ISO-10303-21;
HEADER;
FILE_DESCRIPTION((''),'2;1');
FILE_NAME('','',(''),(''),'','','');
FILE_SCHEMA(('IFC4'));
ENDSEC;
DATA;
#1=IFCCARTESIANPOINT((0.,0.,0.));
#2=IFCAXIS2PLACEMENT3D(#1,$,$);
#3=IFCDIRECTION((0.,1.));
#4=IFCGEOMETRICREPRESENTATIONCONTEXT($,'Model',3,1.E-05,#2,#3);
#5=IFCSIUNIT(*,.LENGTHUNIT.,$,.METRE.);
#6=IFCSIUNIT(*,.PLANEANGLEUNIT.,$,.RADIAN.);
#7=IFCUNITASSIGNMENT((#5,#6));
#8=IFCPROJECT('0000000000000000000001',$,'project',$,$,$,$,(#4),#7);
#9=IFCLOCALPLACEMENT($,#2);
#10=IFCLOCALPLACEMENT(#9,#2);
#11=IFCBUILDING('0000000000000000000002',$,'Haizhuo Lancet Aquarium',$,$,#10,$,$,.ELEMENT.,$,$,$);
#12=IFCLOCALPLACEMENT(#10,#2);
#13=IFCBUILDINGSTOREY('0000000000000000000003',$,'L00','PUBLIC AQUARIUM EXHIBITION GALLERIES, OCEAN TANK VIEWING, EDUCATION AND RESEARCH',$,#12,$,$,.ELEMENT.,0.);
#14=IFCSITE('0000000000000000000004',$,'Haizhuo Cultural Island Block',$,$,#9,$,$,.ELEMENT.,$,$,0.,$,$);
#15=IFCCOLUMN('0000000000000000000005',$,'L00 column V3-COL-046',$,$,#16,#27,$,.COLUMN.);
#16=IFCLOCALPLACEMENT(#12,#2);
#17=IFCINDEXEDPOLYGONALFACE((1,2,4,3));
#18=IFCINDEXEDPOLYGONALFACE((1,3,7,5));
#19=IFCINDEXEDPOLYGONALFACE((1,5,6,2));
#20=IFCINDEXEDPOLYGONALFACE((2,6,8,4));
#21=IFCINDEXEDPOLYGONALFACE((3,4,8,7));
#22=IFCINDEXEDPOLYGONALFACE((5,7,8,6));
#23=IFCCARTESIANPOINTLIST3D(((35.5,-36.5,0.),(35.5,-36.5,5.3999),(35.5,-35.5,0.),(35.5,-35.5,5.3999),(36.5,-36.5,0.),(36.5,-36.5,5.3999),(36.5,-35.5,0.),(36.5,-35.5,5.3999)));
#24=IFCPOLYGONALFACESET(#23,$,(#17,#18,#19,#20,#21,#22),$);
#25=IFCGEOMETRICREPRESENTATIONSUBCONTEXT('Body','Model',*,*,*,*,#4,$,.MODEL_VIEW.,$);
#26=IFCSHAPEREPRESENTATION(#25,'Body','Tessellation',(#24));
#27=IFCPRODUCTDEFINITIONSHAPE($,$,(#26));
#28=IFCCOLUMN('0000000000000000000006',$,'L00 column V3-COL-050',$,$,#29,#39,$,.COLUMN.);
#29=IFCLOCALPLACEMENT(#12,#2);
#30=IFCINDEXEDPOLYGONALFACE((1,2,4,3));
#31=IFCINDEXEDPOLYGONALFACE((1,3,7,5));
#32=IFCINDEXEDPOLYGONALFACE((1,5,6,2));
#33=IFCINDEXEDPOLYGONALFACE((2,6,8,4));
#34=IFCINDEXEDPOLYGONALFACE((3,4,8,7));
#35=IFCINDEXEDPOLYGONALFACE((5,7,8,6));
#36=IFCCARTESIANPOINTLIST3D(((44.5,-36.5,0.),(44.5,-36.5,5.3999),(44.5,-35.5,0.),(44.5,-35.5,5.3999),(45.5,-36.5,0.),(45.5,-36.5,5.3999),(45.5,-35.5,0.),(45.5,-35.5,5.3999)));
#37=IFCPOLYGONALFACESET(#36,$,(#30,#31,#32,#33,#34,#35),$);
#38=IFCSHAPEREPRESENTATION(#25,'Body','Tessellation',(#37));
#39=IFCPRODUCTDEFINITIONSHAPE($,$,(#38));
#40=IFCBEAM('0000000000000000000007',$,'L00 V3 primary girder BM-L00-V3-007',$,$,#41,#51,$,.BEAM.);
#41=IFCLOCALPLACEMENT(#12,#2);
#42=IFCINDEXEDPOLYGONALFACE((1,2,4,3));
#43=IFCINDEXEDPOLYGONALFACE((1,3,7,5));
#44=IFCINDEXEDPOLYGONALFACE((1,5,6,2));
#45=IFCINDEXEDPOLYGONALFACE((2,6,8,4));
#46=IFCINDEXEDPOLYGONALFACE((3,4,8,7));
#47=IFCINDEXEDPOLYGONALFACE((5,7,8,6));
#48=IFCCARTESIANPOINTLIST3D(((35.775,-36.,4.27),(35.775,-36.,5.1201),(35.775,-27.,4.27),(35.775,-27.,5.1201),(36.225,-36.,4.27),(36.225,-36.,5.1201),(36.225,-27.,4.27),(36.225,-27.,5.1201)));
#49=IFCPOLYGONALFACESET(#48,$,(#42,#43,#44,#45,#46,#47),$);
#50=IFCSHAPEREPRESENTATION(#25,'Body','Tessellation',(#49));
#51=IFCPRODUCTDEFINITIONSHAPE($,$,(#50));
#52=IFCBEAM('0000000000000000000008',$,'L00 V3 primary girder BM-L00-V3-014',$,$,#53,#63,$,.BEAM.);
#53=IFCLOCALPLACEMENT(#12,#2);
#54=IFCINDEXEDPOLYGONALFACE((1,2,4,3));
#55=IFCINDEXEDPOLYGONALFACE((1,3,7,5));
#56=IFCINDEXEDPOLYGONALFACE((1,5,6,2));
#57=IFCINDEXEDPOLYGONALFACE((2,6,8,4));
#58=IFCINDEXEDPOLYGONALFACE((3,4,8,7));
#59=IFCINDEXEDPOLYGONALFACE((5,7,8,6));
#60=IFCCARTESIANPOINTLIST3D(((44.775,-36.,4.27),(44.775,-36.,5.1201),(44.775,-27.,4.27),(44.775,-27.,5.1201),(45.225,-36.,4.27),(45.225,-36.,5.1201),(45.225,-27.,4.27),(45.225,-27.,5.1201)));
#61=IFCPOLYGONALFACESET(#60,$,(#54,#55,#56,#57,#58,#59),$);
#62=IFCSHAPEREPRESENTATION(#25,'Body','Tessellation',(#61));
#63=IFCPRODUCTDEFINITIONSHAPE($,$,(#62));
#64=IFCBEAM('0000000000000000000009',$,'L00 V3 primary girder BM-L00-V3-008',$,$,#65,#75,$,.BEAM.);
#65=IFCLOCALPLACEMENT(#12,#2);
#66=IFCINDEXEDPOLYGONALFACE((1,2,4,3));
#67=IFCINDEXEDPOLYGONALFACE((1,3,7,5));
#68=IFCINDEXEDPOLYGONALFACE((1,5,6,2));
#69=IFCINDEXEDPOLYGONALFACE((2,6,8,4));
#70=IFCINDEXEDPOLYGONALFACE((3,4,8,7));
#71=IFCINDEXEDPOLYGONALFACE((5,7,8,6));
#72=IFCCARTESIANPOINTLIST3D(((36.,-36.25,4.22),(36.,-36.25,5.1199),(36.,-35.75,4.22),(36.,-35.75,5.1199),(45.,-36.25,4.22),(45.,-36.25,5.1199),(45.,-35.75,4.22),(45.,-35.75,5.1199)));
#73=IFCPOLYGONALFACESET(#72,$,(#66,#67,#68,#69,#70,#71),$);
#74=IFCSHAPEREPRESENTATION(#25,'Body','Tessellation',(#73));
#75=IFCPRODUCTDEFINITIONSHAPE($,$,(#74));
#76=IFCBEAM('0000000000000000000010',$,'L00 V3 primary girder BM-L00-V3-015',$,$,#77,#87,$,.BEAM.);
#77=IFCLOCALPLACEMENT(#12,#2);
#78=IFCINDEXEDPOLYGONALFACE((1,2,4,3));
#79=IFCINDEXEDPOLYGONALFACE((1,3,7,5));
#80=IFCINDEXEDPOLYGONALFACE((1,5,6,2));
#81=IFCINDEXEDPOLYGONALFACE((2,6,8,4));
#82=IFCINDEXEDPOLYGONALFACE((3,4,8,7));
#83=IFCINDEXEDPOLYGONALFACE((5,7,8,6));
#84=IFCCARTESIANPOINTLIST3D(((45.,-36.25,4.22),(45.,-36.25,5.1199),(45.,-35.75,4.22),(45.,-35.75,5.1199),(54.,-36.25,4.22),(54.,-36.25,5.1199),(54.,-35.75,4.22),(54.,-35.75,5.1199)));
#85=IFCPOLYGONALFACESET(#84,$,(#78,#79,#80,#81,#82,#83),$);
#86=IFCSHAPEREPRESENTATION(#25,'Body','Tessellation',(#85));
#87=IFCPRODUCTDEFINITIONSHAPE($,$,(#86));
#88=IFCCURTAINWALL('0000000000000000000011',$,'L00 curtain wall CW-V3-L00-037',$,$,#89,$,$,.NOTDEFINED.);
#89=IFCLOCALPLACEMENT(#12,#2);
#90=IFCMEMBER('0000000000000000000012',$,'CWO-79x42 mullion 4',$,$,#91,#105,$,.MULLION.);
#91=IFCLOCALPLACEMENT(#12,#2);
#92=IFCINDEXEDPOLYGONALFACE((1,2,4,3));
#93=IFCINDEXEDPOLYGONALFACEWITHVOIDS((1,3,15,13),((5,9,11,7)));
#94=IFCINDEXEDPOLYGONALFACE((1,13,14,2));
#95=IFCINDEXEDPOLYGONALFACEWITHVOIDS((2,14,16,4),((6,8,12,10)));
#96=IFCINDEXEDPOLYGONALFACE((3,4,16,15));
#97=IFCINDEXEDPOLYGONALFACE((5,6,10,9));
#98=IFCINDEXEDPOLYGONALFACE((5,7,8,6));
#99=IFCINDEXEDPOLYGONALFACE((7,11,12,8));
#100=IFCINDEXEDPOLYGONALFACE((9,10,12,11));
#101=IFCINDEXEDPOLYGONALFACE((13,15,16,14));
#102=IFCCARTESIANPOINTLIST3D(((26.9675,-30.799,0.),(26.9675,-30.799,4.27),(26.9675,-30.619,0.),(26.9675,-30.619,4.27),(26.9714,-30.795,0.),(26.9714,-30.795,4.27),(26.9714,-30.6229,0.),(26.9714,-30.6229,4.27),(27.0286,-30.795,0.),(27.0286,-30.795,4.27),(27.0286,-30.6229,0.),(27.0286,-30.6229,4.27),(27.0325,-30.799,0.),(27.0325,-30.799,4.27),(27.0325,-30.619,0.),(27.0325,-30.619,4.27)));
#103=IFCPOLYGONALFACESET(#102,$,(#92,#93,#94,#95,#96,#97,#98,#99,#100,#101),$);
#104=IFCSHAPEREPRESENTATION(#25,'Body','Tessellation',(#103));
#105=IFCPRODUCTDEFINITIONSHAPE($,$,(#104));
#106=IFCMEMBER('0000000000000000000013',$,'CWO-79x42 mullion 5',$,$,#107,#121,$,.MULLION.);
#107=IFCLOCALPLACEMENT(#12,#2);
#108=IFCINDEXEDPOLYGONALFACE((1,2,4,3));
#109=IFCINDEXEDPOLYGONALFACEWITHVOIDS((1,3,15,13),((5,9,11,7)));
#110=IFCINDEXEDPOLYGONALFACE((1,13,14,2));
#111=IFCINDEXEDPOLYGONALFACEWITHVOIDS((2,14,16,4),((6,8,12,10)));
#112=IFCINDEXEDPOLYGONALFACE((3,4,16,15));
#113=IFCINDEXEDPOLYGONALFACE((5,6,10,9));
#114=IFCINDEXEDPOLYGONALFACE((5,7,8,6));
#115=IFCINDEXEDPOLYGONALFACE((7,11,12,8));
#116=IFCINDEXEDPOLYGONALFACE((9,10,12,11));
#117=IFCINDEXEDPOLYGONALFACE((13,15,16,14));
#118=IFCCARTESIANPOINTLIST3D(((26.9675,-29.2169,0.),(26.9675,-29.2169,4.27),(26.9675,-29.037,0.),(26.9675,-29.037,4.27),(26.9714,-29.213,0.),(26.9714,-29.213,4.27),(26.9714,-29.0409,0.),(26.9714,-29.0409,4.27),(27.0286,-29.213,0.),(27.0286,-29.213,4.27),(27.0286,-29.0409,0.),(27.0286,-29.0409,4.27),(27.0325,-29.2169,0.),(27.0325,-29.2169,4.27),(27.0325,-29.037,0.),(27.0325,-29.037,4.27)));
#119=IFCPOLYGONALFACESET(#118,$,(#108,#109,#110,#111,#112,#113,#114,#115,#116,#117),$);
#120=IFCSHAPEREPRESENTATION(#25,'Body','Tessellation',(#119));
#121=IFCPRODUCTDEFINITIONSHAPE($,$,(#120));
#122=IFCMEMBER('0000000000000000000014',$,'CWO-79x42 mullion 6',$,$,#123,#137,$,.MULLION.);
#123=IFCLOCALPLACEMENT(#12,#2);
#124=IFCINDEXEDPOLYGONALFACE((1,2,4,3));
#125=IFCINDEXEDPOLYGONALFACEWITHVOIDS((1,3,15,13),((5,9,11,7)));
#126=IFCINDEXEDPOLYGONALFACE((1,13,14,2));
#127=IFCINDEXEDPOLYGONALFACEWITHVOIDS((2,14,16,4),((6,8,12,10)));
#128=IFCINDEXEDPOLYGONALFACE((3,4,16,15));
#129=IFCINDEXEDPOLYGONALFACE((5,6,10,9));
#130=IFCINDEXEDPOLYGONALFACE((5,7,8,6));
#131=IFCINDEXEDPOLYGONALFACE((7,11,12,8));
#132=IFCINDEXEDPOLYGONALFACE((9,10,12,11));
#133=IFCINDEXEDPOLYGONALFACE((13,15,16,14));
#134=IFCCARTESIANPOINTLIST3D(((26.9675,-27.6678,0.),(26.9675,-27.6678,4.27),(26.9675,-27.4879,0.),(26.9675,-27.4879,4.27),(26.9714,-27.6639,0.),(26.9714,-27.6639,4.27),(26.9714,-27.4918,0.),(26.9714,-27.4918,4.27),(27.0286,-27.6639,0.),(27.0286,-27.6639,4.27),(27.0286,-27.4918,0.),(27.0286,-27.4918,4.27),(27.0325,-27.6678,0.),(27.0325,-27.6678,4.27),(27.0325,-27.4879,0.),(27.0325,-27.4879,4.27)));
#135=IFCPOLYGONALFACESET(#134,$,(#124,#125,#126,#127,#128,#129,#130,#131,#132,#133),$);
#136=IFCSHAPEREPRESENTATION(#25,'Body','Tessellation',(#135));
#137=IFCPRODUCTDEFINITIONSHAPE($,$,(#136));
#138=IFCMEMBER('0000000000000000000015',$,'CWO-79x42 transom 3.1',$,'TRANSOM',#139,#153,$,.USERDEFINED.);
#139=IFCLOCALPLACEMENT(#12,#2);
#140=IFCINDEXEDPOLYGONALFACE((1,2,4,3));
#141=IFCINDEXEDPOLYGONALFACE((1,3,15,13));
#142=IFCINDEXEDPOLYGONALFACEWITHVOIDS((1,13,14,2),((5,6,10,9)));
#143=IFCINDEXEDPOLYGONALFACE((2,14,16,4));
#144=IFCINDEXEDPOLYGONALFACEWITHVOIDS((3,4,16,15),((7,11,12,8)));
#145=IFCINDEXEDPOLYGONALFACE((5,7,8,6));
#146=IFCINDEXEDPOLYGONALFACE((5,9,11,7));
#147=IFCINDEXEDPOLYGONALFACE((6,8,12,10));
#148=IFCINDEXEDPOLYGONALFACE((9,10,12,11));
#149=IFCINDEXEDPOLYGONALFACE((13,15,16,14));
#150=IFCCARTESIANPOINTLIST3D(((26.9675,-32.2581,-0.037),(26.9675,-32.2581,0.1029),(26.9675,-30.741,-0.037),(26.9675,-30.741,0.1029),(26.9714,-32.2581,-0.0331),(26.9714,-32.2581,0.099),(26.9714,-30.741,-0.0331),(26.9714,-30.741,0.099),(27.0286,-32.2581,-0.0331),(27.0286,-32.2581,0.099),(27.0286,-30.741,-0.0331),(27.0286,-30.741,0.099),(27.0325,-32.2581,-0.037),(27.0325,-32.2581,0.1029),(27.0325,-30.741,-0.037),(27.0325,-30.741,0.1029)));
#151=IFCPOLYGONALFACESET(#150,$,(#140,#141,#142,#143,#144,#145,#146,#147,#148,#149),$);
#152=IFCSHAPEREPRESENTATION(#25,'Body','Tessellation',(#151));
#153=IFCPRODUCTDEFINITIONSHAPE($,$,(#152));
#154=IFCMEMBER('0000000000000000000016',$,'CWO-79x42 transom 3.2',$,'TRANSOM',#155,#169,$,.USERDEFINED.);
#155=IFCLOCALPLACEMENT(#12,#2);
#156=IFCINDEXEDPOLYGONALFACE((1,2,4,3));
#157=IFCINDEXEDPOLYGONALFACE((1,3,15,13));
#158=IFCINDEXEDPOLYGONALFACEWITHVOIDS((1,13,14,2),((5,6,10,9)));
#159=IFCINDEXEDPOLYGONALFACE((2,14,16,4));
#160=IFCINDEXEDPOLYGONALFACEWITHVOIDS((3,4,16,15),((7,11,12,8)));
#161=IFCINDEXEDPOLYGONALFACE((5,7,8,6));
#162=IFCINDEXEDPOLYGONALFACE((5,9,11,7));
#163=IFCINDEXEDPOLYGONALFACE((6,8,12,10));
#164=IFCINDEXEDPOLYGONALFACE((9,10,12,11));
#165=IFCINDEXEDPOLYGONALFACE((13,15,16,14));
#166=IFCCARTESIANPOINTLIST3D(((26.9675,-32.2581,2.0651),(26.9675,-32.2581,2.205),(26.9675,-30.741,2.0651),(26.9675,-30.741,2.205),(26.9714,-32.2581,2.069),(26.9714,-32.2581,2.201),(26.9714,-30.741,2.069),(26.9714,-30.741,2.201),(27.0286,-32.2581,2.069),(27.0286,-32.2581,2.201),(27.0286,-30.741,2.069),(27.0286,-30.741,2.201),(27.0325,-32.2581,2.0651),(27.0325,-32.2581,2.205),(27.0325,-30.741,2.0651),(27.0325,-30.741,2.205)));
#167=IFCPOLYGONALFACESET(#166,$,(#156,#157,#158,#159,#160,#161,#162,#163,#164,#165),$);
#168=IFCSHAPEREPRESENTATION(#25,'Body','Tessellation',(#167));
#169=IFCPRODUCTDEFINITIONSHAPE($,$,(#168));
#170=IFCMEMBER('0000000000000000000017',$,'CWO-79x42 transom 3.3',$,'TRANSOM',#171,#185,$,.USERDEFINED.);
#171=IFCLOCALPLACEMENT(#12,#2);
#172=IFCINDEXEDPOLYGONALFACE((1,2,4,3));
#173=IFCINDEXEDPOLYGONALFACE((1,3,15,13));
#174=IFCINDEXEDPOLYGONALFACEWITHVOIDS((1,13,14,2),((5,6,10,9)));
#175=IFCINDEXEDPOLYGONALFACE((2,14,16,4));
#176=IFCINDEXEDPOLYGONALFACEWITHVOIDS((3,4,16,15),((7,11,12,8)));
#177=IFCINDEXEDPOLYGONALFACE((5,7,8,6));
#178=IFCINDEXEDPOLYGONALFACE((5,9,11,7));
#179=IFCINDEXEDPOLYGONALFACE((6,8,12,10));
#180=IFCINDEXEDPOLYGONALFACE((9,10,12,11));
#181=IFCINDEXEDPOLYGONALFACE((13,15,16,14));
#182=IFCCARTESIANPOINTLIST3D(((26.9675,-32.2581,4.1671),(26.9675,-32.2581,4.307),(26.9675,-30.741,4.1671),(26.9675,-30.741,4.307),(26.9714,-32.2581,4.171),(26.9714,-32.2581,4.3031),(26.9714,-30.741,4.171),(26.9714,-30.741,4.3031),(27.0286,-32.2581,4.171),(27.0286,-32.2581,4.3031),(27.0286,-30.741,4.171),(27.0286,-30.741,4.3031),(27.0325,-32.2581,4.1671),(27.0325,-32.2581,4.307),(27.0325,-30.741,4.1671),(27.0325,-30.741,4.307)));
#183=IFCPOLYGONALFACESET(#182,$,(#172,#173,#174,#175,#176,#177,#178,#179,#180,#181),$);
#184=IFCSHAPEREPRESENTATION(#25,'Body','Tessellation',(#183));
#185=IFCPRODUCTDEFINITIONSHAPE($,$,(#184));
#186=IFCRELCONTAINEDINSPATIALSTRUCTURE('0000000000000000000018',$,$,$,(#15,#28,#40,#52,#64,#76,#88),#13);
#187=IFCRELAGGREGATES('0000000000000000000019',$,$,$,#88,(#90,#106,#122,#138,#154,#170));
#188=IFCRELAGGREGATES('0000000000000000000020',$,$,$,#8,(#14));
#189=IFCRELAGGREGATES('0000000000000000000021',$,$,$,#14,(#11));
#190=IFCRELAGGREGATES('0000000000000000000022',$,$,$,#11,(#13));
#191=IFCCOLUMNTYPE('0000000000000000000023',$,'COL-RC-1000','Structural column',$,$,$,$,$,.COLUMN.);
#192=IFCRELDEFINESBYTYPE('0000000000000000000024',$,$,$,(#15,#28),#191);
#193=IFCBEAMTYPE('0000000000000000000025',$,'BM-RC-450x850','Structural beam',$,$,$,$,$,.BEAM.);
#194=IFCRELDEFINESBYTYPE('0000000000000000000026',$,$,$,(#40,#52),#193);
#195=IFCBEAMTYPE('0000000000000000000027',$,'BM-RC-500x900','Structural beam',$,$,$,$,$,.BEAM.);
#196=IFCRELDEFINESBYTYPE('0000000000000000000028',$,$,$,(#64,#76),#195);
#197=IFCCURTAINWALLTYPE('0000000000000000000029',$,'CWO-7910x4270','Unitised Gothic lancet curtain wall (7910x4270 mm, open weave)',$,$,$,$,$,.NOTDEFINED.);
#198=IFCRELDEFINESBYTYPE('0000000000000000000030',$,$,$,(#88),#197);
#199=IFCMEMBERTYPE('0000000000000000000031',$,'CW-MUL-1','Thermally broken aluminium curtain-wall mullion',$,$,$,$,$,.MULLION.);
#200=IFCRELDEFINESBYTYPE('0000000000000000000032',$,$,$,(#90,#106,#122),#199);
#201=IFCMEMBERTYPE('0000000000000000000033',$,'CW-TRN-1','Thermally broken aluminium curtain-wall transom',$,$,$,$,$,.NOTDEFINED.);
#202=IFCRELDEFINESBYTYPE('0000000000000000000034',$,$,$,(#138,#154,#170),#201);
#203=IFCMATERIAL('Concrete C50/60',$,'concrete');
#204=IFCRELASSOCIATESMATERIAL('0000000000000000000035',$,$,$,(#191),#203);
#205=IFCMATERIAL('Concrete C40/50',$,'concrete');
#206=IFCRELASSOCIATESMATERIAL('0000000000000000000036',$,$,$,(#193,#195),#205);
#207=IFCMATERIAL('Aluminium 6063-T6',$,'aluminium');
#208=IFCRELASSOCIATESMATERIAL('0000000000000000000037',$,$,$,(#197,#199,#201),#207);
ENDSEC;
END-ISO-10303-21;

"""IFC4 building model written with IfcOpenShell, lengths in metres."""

from ifc_helpers import new_model, si_unit, direction, frame, origin, origin_2d, place, context, subcontext, project, spatial, rectangle, hollow_rectangle, extrude, material, material_profile, profile_set, type_object, element, aggregate, save


model = new_model("IFC4")

# Units and contexts
model_context = context("Model", 3, precision=1e-05, world=origin(), true_north=direction((0.0, 1.0)))
body_context = subcontext(model_context, "Body", "Model", "MODEL_VIEW")
ifc_project = project(units=[si_unit("LENGTHUNIT", "METRE"), si_unit("PLANEANGLEUNIT", "RADIAN")], contexts=[model_context])

# Site, building, storey
site_placement = place(None, origin())
site = spatial("IfcSite", under=ifc_project, at=site_placement, Name="Haizhuo Cultural Island Block", CompositionType="ELEMENT", RefElevation=0.0)
building_placement = place(site_placement, origin())
building = spatial("IfcBuilding", under=site, at=building_placement, Name="Haizhuo Lancet Aquarium", CompositionType="ELEMENT")
storey_placement = place(building_placement, origin())
storey = spatial("IfcBuildingStorey", under=building, at=storey_placement, Name="L00", Description="PUBLIC AQUARIUM EXHIBITION GALLERIES, OCEAN TANK VIEWING, EDUCATION AND RESEARCH", CompositionType="ELEMENT", Elevation=0.0)

# Columns
ifc_material_1 = material(Name="Concrete C50/60", Category="concrete")
ifc_material_profile_1 = material_profile(ifc_material_1, rectangle(XDim=1.0, YDim=1.0, at=origin_2d()), Name="RC-COL 1000x1000")
ifc_profile_set_1 = profile_set([ifc_material_profile_1], Name="Concrete C50/60")
column_type = type_object("IfcColumnType", Name="COL-RC-1000", Description="Structural column", PredefinedType="COLUMN", material=ifc_profile_set_1)
for number, where, z_axis, x_axis, name in (
    (1, (36.0, -36.0, 0.0), (0.0, 0.0, 1.0), (1.0, 0.0, 0.0), "L00 column V3-COL-046"),
    (2, (45.0, -36.0, 0.0), (0.0, 0.0, 1.0), (1.0, 0.0, 0.0), "L00 column V3-COL-050"),
):
    element("IfcColumn", number, at=place(storey_placement, frame(where, z_axis=z_axis, x_axis=x_axis)), inside=storey, type_object=column_type, Name=name, PredefinedType="COLUMN", context=body_context, shape_type="SweptSolid", body=[
        extrude(rectangle(XDim=1.0, YDim=1.0, at=origin_2d()), origin(), (0.0, 0.0, 1.0), 5.3999),
    ])

# Beams
ifc_material_2 = material(Name="Concrete C40/50", Category="concrete")
ifc_material_profile_2 = material_profile(ifc_material_2, rectangle(XDim=0.45, YDim=0.8501, at=origin_2d()), Name="RC-BM 450x850")
ifc_profile_set_2 = profile_set([ifc_material_profile_2], Name="Concrete C40/50")
beam_type_1 = type_object("IfcBeamType", Name="BM-RC-450x850", Description="Structural beam", PredefinedType="BEAM", material=ifc_profile_set_2)
for number, where, z_axis, x_axis, name in (
    (3, (36.0, -36.0, 4.6951), (0.0, 1.0, 0.0), (-1.0, 0.0, 0.0), "L00 V3 primary girder BM-L00-V3-007"),
    (4, (45.0, -36.0, 4.6951), (0.0, 1.0, 0.0), (-1.0, 0.0, 0.0), "L00 V3 primary girder BM-L00-V3-014"),
):
    element("IfcBeam", number, at=place(storey_placement, frame(where, z_axis=z_axis, x_axis=x_axis)), inside=storey, type_object=beam_type_1, Name=name, PredefinedType="BEAM", context=body_context, shape_type="SweptSolid", body=[
        extrude(rectangle(XDim=0.45, YDim=0.8501, at=origin_2d()), origin(), (0.0, 0.0, 1.0), 9.0),
    ])
ifc_material_profile_3 = material_profile(ifc_material_2, rectangle(XDim=0.5, YDim=0.8999, at=origin_2d()), Name="RC-BM 500x900")
ifc_profile_set_3 = profile_set([ifc_material_profile_3], Name="Concrete C40/50")
beam_type_2 = type_object("IfcBeamType", Name="BM-RC-500x900", Description="Structural beam", PredefinedType="BEAM", material=ifc_profile_set_3)
for number, where, z_axis, x_axis, name in (
    (5, (36.0, -36.0, 4.6699), (1.0, 0.0, 0.0), (0.0, 1.0, 0.0), "L00 V3 primary girder BM-L00-V3-008"),
    (6, (45.0, -36.0, 4.6699), (1.0, 0.0, 0.0), (0.0, 1.0, 0.0), "L00 V3 primary girder BM-L00-V3-015"),
):
    element("IfcBeam", number, at=place(storey_placement, frame(where, z_axis=z_axis, x_axis=x_axis)), inside=storey, type_object=beam_type_2, Name=name, PredefinedType="BEAM", context=body_context, shape_type="SweptSolid", body=[
        extrude(rectangle(XDim=0.5, YDim=0.8999, at=origin_2d()), origin(), (0.0, 0.0, 1.0), 9.0),
    ])

# Curtain wall, members
ifc_material_3 = material(Name="Aluminium 6063-T6", Category="aluminium")
curtain_wall_type = type_object("IfcCurtainWallType", Name="CWO-7910x4270", Description="Unitised Gothic lancet curtain wall (7910x4270 mm, open weave)", PredefinedType="NOTDEFINED", material=ifc_material_3)
curtain_wall_placement = place(storey_placement, origin())
curtain_wall = element("IfcCurtainWall", 7, at=curtain_wall_placement, inside=storey, type_object=curtain_wall_type, Name="L00 curtain wall CW-V3-L00-037", PredefinedType="NOTDEFINED")
ifc_material_profile_4 = material_profile(ifc_material_3, hollow_rectangle(XDim=0.0649, YDim=0.1799, WallThickness=0.0039, at=origin_2d()), Name="ALU-M 65x180x4")
ifc_profile_set_4 = profile_set([ifc_material_profile_4], Name="Aluminium 6063-T6")
member_type_1 = type_object("IfcMemberType", Name="CW-MUL-1", Description="Thermally broken aluminium curtain-wall mullion", PredefinedType="MULLION", material=ifc_profile_set_4)
member_1_placement = place(storey_placement, frame((27.0, -30.709, 0.0), z_axis=(0.0, 0.0, 1.0), x_axis=(-1.0, 0.0, 0.0)))
member_1 = element("IfcMember", 8, at=member_1_placement, type_object=member_type_1, Name="CWO-79x42 mullion 4", PredefinedType="MULLION", context=body_context, shape_type="SweptSolid", body=[
    extrude(hollow_rectangle(XDim=0.0649, YDim=0.1799, WallThickness=0.0039, at=origin_2d()), origin(), (0.0, 0.0, 1.0), 4.27),
])
member_2_placement = place(storey_placement, frame((27.0, -29.127, 0.0), z_axis=(0.0, 0.0, 1.0), x_axis=(-1.0, 0.0, 0.0)))
member_2 = element("IfcMember", 9, at=member_2_placement, type_object=member_type_1, Name="CWO-79x42 mullion 5", PredefinedType="MULLION", context=body_context, shape_type="SweptSolid", body=[
    extrude(hollow_rectangle(XDim=0.0649, YDim=0.1799, WallThickness=0.0039, at=origin_2d()), origin(), (0.0, 0.0, 1.0), 4.27),
])
member_3_placement = place(storey_placement, frame((27.0, -27.5779, 0.0), z_axis=(0.0, 0.0, 1.0), x_axis=(-1.0, 0.0, 0.0)))
member_3 = element("IfcMember", 10, at=member_3_placement, type_object=member_type_1, Name="CWO-79x42 mullion 6", PredefinedType="MULLION", context=body_context, shape_type="SweptSolid", body=[
    extrude(hollow_rectangle(XDim=0.0649, YDim=0.1799, WallThickness=0.0039, at=origin_2d()), origin(), (0.0, 0.0, 1.0), 4.27),
])
ifc_material_profile_5 = material_profile(ifc_material_3, hollow_rectangle(XDim=0.0649, YDim=0.1399, WallThickness=0.0039, at=origin_2d()), Name="ALU-T 65x140x4")
ifc_profile_set_5 = profile_set([ifc_material_profile_5], Name="Aluminium 6063-T6")
member_type_2 = type_object("IfcMemberType", Name="CW-TRN-1", Description="Thermally broken aluminium curtain-wall transom", PredefinedType="NOTDEFINED", material=ifc_profile_set_5)
member_4_placement = place(storey_placement, frame((27.0, -32.2581, 0.033), z_axis=(0.0, 1.0, 0.0), x_axis=(-1.0, 0.0, 0.0)))
member_4 = element("IfcMember", 11, at=member_4_placement, type_object=member_type_2, Name="CWO-79x42 transom 3.1", ObjectType="TRANSOM", PredefinedType="USERDEFINED", context=body_context, shape_type="SweptSolid", body=[
    extrude(hollow_rectangle(XDim=0.0649, YDim=0.1399, WallThickness=0.0039, at=origin_2d()), origin(), (0.0, 0.0, 1.0), 1.5171),
])
member_5_placement = place(storey_placement, frame((27.0, -32.2581, 2.135), z_axis=(0.0, 1.0, 0.0), x_axis=(-1.0, 0.0, 0.0)))
member_5 = element("IfcMember", 12, at=member_5_placement, type_object=member_type_2, Name="CWO-79x42 transom 3.2", ObjectType="TRANSOM", PredefinedType="USERDEFINED", context=body_context, shape_type="SweptSolid", body=[
    extrude(hollow_rectangle(XDim=0.0649, YDim=0.1399, WallThickness=0.0039, at=origin_2d()), origin(), (0.0, 0.0, 1.0), 1.5171),
])
member_6_placement = place(storey_placement, frame((27.0, -32.2581, 4.2371), z_axis=(0.0, 1.0, 0.0), x_axis=(-1.0, 0.0, 0.0)))
member_6 = element("IfcMember", 13, at=member_6_placement, type_object=member_type_2, Name="CWO-79x42 transom 3.3", ObjectType="TRANSOM", PredefinedType="USERDEFINED", context=body_context, shape_type="SweptSolid", body=[
    extrude(hollow_rectangle(XDim=0.0649, YDim=0.1399, WallThickness=0.0039, at=origin_2d()), origin(), (0.0, 0.0, 1.0), 1.5171),
])

aggregate(curtain_wall, [member_1, member_2, member_3, member_4, member_5, member_6])

save(model, "model.ifc")
